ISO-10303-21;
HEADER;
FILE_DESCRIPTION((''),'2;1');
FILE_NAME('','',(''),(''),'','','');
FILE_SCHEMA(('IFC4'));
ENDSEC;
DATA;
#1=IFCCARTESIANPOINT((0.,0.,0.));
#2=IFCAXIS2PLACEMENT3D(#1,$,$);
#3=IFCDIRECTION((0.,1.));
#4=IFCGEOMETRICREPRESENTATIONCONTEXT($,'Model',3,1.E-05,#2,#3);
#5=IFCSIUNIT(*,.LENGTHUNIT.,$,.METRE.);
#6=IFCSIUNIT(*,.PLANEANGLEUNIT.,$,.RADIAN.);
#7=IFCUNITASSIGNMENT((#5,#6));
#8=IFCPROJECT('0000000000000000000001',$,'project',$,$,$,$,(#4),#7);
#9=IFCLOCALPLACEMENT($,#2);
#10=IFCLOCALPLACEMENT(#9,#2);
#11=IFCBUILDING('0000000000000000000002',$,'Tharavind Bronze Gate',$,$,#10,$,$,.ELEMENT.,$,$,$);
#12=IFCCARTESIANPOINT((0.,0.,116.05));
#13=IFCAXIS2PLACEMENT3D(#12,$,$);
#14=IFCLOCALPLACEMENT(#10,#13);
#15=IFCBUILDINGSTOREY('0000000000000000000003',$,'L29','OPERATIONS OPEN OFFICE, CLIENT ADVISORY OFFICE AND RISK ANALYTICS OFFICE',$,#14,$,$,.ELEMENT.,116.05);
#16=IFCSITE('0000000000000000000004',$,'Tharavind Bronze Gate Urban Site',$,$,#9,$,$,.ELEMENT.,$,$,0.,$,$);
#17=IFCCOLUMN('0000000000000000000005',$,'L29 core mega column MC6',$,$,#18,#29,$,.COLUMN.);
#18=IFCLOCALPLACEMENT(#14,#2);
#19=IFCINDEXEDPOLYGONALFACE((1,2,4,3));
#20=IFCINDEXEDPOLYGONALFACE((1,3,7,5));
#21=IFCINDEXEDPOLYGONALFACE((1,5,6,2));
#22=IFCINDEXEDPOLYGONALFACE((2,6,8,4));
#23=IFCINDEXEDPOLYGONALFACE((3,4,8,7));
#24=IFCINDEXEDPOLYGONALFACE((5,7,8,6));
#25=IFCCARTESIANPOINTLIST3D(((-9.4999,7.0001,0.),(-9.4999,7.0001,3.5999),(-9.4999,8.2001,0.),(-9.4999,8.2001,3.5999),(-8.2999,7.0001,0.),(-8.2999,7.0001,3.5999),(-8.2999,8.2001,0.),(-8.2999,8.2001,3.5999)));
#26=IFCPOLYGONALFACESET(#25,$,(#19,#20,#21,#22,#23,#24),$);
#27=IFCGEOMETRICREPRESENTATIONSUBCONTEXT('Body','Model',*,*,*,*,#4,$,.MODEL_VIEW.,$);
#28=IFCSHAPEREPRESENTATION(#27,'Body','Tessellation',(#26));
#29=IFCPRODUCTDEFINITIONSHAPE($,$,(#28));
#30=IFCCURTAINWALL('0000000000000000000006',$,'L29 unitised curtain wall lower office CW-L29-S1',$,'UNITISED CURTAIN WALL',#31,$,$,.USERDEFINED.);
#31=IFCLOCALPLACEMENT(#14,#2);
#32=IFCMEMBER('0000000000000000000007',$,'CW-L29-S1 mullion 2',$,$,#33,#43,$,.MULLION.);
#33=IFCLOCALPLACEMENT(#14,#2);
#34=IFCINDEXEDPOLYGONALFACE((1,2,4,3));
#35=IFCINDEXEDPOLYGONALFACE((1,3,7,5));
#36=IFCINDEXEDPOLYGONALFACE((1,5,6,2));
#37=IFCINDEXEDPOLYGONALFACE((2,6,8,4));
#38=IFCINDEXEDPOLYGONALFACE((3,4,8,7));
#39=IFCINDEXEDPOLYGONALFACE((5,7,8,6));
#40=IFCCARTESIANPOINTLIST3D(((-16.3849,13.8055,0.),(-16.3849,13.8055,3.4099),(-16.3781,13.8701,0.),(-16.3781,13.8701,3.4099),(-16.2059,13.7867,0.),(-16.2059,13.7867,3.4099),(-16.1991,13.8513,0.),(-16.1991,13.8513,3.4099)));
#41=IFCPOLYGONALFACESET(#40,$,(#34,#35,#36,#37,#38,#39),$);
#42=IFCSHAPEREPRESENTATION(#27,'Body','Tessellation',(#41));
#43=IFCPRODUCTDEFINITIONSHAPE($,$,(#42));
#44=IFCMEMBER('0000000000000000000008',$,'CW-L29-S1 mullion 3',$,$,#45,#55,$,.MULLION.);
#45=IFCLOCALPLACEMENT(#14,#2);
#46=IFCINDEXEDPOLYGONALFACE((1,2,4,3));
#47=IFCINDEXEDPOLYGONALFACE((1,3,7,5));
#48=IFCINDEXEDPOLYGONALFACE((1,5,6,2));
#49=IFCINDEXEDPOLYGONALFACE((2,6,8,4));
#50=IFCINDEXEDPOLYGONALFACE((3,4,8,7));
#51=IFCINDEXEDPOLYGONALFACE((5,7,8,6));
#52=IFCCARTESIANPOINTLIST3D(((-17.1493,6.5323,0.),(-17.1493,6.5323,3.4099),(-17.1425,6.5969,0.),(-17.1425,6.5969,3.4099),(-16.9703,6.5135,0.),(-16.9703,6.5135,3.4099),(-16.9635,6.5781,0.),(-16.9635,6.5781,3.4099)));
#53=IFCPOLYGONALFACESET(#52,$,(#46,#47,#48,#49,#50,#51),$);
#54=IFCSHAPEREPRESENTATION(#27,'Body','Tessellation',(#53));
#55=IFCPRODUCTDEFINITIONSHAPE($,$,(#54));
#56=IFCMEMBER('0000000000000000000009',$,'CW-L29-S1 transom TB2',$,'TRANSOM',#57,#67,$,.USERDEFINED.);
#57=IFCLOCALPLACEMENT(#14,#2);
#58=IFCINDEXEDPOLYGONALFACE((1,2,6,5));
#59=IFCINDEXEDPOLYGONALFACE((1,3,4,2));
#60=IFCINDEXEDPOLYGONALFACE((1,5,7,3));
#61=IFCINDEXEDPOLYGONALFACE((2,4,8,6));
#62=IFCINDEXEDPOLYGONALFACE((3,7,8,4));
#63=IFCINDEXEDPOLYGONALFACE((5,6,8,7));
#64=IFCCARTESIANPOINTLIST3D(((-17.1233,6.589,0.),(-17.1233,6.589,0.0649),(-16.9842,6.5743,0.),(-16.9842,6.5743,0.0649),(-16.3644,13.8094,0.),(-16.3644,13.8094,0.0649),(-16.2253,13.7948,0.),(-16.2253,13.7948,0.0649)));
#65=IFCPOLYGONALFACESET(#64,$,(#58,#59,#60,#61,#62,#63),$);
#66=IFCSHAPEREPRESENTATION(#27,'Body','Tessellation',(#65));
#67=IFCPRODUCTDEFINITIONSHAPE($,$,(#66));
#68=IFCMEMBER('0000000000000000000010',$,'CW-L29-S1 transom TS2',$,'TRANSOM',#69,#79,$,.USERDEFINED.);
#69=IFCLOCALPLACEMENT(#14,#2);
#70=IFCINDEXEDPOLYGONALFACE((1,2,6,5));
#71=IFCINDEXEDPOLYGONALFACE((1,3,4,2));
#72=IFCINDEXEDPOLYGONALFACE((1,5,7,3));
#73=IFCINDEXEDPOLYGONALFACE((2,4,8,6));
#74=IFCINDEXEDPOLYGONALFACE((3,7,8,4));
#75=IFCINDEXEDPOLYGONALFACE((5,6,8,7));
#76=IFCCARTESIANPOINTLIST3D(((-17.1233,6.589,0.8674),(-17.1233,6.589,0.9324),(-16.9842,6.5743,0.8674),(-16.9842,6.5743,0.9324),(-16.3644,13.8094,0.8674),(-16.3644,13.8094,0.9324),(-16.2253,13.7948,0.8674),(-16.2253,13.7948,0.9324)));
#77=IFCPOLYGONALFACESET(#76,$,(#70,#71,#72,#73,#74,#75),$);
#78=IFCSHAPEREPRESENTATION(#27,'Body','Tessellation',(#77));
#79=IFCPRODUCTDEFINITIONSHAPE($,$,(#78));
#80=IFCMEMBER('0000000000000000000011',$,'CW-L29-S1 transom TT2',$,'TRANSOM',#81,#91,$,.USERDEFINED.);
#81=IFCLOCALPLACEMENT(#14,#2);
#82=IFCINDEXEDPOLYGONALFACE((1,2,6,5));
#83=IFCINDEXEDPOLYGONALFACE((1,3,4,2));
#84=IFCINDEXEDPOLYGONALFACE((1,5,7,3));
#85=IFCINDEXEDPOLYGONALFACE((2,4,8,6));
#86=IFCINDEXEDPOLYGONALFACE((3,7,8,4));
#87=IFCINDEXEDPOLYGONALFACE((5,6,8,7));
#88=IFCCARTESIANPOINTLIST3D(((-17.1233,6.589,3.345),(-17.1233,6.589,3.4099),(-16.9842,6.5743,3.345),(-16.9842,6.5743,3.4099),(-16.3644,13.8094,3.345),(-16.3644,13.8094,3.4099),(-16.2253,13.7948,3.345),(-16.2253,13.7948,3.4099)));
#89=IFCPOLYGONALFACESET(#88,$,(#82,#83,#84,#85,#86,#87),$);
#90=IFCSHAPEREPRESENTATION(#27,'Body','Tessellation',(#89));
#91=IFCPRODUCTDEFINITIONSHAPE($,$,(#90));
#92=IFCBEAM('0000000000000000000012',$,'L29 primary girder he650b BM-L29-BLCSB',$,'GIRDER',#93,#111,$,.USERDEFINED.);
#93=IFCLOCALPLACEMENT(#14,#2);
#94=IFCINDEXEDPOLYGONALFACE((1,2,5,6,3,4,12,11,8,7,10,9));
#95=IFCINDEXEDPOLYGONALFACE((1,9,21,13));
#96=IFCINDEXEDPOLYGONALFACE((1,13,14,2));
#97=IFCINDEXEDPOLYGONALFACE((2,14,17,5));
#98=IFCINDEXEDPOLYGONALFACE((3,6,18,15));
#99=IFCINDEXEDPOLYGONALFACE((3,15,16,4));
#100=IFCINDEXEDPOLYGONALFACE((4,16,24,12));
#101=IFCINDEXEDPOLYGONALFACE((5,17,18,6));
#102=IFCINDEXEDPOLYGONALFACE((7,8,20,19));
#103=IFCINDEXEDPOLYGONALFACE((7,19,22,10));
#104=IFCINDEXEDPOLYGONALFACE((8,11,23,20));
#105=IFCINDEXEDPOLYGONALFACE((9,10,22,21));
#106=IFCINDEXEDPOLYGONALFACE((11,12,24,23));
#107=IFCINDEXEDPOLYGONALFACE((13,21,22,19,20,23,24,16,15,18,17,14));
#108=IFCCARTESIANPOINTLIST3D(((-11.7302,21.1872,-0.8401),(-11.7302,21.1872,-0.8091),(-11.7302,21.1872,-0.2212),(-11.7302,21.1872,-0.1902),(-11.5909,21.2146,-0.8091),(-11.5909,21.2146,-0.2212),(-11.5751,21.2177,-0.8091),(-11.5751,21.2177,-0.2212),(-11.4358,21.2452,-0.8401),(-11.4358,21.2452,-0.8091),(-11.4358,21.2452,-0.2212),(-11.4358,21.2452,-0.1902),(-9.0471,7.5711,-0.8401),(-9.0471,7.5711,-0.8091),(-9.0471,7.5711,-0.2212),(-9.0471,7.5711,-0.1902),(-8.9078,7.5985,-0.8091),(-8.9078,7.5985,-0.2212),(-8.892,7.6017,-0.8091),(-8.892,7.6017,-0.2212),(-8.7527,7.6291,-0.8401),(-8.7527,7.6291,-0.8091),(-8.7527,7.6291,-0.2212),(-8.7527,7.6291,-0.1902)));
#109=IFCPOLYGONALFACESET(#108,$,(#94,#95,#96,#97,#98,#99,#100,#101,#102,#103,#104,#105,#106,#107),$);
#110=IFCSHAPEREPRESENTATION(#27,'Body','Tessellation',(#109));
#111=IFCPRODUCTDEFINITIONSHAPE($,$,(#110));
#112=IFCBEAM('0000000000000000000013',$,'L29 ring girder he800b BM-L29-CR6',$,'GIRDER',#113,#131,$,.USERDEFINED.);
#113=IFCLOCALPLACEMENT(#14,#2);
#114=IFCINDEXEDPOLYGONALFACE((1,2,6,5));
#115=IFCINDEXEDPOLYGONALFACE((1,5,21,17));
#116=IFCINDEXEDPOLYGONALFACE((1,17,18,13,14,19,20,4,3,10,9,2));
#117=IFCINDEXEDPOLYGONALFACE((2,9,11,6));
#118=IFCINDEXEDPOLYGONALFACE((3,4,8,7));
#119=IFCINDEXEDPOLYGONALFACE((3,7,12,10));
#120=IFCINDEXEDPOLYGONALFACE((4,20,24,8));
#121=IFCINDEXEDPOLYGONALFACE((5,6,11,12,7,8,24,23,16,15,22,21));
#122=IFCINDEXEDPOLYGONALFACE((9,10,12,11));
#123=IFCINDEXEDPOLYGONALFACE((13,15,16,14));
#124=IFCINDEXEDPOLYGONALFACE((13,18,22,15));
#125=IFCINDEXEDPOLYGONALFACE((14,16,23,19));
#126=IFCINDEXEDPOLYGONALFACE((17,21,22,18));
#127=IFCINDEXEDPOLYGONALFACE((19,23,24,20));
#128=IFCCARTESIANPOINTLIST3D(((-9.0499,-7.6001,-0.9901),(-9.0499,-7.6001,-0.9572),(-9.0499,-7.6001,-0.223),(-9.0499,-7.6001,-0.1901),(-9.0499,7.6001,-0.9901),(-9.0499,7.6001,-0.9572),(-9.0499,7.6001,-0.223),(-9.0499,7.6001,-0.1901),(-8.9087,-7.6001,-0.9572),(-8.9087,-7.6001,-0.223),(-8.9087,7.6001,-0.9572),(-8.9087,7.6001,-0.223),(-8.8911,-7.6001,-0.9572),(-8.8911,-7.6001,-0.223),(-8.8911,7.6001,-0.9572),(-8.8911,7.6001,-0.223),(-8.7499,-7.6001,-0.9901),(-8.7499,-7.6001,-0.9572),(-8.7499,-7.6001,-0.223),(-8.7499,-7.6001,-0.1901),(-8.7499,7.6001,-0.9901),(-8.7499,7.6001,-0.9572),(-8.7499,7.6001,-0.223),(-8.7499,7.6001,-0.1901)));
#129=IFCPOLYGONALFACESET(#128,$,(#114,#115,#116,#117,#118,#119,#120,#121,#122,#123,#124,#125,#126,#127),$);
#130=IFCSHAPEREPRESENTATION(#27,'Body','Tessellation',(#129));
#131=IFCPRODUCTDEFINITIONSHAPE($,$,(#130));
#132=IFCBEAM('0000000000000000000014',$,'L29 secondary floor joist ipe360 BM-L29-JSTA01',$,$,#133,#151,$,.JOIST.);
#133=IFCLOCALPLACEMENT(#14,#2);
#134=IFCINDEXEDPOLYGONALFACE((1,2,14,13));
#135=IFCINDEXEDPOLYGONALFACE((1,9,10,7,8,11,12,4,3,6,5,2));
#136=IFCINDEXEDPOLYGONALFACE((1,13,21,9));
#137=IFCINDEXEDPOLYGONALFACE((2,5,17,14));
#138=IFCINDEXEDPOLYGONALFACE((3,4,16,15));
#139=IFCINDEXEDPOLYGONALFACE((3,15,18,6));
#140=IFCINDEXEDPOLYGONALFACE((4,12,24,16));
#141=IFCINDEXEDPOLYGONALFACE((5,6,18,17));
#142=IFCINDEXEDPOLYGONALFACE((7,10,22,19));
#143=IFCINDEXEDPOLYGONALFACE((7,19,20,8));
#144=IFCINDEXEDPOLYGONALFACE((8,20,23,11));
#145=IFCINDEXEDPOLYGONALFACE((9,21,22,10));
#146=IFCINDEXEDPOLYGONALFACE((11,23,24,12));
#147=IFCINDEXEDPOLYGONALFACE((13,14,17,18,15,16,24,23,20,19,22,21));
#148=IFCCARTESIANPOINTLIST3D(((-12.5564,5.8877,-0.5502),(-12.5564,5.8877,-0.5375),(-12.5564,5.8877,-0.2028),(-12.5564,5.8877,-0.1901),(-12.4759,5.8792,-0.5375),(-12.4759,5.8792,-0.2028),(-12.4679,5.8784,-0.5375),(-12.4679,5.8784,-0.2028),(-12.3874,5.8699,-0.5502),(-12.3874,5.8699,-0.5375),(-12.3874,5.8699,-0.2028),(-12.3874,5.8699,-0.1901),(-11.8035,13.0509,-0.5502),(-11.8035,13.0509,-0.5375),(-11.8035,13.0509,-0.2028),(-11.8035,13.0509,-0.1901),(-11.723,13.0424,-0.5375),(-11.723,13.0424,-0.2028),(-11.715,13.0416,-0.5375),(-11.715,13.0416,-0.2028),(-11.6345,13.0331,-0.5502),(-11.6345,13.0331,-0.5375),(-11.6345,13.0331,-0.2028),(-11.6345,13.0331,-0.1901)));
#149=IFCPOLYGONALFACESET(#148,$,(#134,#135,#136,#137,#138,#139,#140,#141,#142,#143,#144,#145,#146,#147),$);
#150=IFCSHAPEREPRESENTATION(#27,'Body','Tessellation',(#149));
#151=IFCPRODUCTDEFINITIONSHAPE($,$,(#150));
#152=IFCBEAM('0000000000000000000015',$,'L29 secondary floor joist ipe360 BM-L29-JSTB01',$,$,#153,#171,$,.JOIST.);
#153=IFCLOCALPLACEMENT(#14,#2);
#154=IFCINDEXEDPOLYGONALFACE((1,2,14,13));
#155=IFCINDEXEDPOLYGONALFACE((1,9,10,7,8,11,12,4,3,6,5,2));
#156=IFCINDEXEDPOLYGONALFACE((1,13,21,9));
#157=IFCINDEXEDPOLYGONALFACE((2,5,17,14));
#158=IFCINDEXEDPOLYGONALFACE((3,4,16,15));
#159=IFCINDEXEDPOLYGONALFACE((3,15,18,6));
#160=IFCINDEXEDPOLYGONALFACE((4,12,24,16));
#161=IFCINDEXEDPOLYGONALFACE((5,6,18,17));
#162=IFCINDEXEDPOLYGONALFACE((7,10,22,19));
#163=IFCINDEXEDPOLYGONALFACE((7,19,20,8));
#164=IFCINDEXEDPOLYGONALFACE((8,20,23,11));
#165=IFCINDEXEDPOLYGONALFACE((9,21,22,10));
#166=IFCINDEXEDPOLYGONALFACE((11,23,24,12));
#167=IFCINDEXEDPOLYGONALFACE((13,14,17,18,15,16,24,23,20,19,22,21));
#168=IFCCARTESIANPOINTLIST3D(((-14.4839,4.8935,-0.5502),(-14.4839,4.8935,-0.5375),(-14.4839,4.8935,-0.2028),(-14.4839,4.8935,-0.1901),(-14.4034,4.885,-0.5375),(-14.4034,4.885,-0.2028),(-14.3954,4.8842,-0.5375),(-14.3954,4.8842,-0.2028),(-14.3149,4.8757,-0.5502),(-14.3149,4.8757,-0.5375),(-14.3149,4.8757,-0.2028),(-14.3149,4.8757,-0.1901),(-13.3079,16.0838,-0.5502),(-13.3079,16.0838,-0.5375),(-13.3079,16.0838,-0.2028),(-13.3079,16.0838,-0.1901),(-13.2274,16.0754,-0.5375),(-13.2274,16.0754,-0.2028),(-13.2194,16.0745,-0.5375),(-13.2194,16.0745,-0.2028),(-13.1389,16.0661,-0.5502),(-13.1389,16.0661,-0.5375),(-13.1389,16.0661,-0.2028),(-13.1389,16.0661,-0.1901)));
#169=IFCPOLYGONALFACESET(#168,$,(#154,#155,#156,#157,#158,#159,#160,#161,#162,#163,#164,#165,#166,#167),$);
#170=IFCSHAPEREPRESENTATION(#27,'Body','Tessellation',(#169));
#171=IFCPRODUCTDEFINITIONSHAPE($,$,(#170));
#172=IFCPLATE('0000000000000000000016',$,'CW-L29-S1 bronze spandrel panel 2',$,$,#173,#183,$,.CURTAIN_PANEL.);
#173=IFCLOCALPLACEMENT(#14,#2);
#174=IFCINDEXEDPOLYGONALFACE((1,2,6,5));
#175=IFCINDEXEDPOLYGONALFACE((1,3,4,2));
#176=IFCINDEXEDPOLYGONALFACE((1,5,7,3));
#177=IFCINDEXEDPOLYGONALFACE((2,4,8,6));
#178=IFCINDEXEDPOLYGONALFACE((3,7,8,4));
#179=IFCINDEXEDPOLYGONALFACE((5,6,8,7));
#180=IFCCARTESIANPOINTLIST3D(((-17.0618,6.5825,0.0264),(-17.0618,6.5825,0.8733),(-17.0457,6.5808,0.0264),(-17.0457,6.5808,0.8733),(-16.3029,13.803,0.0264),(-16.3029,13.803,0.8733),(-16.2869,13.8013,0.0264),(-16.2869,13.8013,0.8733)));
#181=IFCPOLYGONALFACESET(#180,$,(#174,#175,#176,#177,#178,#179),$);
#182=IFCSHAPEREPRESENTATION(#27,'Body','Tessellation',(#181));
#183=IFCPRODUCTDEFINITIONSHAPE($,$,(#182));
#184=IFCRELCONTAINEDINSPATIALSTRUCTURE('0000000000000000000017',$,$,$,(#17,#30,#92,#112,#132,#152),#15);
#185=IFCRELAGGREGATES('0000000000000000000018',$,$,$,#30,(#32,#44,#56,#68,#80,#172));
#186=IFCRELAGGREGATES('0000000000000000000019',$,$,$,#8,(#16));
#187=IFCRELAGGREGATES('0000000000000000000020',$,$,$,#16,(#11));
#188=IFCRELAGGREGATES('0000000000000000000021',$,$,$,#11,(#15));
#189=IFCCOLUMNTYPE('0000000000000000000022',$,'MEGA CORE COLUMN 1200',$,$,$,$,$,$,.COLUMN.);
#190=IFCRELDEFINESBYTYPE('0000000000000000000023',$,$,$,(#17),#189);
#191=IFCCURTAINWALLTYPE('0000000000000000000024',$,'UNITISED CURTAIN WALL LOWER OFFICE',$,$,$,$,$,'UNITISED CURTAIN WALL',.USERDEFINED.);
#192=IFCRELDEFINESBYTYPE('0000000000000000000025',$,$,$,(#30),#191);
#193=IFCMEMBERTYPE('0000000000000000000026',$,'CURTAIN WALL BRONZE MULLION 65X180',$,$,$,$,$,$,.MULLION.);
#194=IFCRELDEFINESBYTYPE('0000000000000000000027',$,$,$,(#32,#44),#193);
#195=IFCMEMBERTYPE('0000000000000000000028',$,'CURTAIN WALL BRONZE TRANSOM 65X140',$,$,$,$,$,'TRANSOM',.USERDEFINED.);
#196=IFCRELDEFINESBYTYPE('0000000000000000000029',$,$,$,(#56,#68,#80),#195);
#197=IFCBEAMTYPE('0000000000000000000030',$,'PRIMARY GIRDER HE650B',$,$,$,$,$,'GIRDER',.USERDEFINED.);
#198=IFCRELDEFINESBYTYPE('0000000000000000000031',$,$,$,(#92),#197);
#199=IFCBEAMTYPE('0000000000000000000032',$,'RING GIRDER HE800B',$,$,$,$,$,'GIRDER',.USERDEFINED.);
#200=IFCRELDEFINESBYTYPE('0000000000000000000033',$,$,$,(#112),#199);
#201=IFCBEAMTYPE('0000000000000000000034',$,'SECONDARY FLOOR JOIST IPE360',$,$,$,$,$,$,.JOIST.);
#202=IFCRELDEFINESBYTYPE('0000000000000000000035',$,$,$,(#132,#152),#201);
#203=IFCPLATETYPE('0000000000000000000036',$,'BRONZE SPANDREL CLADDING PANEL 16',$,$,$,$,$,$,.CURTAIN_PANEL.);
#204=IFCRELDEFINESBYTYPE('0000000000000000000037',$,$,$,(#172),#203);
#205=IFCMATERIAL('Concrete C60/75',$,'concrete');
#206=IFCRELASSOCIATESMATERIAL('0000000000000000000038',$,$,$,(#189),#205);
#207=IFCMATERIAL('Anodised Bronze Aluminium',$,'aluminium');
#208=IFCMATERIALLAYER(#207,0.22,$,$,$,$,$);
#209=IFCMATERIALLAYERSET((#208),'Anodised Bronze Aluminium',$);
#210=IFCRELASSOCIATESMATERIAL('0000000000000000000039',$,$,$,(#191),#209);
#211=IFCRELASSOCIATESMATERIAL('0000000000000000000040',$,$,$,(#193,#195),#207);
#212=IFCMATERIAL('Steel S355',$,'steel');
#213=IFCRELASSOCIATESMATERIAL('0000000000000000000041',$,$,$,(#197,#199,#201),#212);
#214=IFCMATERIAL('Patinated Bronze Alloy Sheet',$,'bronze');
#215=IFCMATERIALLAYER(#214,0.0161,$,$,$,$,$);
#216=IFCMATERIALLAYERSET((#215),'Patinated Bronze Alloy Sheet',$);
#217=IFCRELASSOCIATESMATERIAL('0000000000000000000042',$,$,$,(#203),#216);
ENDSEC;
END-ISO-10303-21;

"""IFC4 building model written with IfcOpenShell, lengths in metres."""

from ifc_helpers import new_model, si_unit, direction, frame, origin, origin_2d, place, context, subcontext, project, spatial, rectangle, i_section, extrude, material, layer, layer_set, material_profile, profile_set, type_object, element, aggregate, save


model = new_model("IFC4")

# Units and contexts
model_context = context("Model", 3, precision=1e-05, world=origin(), true_north=direction((0.0, 1.0)))
body_context = subcontext(model_context, "Body", "Model", "MODEL_VIEW")
ifc_project = project(units=[si_unit("LENGTHUNIT", "METRE"), si_unit("PLANEANGLEUNIT", "RADIAN")], contexts=[model_context])

# Site, building, storey
site_placement = place(None, origin())
site = spatial("IfcSite", under=ifc_project, at=site_placement, Name="Tharavind Bronze Gate Urban Site", CompositionType="ELEMENT", RefElevation=0.0)
building_placement = place(site_placement, origin())
building = spatial("IfcBuilding", under=site, at=building_placement, Name="Tharavind Bronze Gate", CompositionType="ELEMENT")
storey_placement = place(building_placement, frame((0.0, 0.0, 116.05)))
storey = spatial("IfcBuildingStorey", under=building, at=storey_placement, Name="L29", Description="OPERATIONS OPEN OFFICE, CLIENT ADVISORY OFFICE AND RISK ANALYTICS OFFICE", CompositionType="ELEMENT", Elevation=116.05)

# Column
ifc_material_1 = material(Name="Concrete C60/75", Category="concrete")
ifc_material_profile_1 = material_profile(ifc_material_1, rectangle(XDim=1.2, YDim=1.2, at=origin_2d()), Name="RCCOL1200")
ifc_profile_set_1 = profile_set([ifc_material_profile_1], Name="Concrete C60/75")
column_type = type_object("IfcColumnType", Name="MEGA CORE COLUMN 1200", PredefinedType="COLUMN", material=ifc_profile_set_1)
column_placement = place(storey_placement, frame((-8.8999, 7.6001, 0.0), z_axis=(0.0, 0.0, 1.0), x_axis=(1.0, 0.0, 0.0)))
element("IfcColumn", 1, at=column_placement, inside=storey, type_object=column_type, Name="L29 core mega column MC6", PredefinedType="COLUMN", context=body_context, shape_type="SweptSolid", body=[
    extrude(rectangle(XDim=1.2, YDim=1.2, at=origin_2d()), origin(), (0.0, 0.0, 1.0), 3.5999),
])

# Curtain wall, members
ifc_material_2 = material(Name="Anodised Bronze Aluminium", Category="aluminium")
ifc_layer_1 = layer(ifc_material_2, 0.22)
ifc_layer_set_1 = layer_set([ifc_layer_1], Name="Anodised Bronze Aluminium")
curtain_wall_type = type_object("IfcCurtainWallType", Name="UNITISED CURTAIN WALL LOWER OFFICE", ElementType="UNITISED CURTAIN WALL", PredefinedType="USERDEFINED", material=ifc_layer_set_1)
curtain_wall_placement = place(storey_placement, origin())
curtain_wall = element("IfcCurtainWall", 2, at=curtain_wall_placement, inside=storey, type_object=curtain_wall_type, Name="L29 unitised curtain wall lower office CW-L29-S1", ObjectType="UNITISED CURTAIN WALL", PredefinedType="USERDEFINED")
member_type_1 = type_object("IfcMemberType", Name="CURTAIN WALL BRONZE MULLION 65X180", PredefinedType="MULLION", material=ifc_material_2)
member_1_placement = place(storey_placement, frame((-16.292, 13.8284, 0.0), z_axis=(0.0, 0.0, 1.0), x_axis=(-0.104527, -0.994522, 0.0)))
member_1 = element("IfcMember", 3, at=member_1_placement, type_object=member_type_1, Name="CW-L29-S1 mullion 2", PredefinedType="MULLION", context=body_context, shape_type="SweptSolid", body=[
    extrude(rectangle(XDim=0.0649, YDim=0.1799, at=origin_2d()), origin(), (0.0, 0.0, 1.0), 3.4099),
])
member_2_placement = place(storey_placement, frame((-17.0564, 6.5552, 0.0), z_axis=(0.0, 0.0, 1.0), x_axis=(-0.104527, -0.994522, 0.0)))
member_2 = element("IfcMember", 4, at=member_2_placement, type_object=member_type_1, Name="CW-L29-S1 mullion 3", PredefinedType="MULLION", context=body_context, shape_type="SweptSolid", body=[
    extrude(rectangle(XDim=0.0649, YDim=0.1799, at=origin_2d()), origin(), (0.0, 0.0, 1.0), 3.4099),
])
member_type_2 = type_object("IfcMemberType", Name="CURTAIN WALL BRONZE TRANSOM 65X140", ElementType="TRANSOM", PredefinedType="USERDEFINED", material=ifc_material_2)
member_3_placement = place(storey_placement, frame((-16.6743, 10.1919, 0.0), z_axis=(0.0, 0.0, 1.0), x_axis=(-0.104527, -0.994522, 0.0)))
member_3 = element("IfcMember", 5, at=member_3_placement, type_object=member_type_2, Name="CW-L29-S1 transom TB2", ObjectType="TRANSOM", PredefinedType="USERDEFINED", context=body_context, shape_type="SweptSolid", body=[
    extrude(rectangle(XDim=7.2603, YDim=0.1399, at=origin_2d()), origin(), (0.0, 0.0, 1.0), 0.0649),
])
member_4_placement = place(storey_placement, frame((-16.6743, 10.1919, 0.8674), z_axis=(0.0, 0.0, 1.0), x_axis=(-0.104527, -0.994522, 0.0)))
member_4 = element("IfcMember", 6, at=member_4_placement, type_object=member_type_2, Name="CW-L29-S1 transom TS2", ObjectType="TRANSOM", PredefinedType="USERDEFINED", context=body_context, shape_type="SweptSolid", body=[
    extrude(rectangle(XDim=7.2603, YDim=0.1399, at=origin_2d()), origin(), (0.0, 0.0, 1.0), 0.0649),
])
member_5_placement = place(storey_placement, frame((-16.6743, 10.1919, 3.345), z_axis=(0.0, 0.0, 1.0), x_axis=(-0.104527, -0.994522, 0.0)))
member_5 = element("IfcMember", 7, at=member_5_placement, type_object=member_type_2, Name="CW-L29-S1 transom TT2", ObjectType="TRANSOM", PredefinedType="USERDEFINED", context=body_context, shape_type="SweptSolid", body=[
    extrude(rectangle(XDim=7.2603, YDim=0.1399, at=origin_2d()), origin(), (0.0, 0.0, 1.0), 0.0649),
])

# Beams
ifc_material_3 = material(Name="Steel S355", Category="steel")
ifc_material_profile_2 = material_profile(ifc_material_3, i_section(OverallWidth=0.3, OverallDepth=0.6499, WebThickness=0.0161, FlangeThickness=0.031, at=origin_2d()), Name="HE650B")
ifc_profile_set_2 = profile_set([ifc_material_profile_2], Name="Steel S355")
beam_type_1 = type_object("IfcBeamType", Name="PRIMARY GIRDER HE650B", ElementType="GIRDER", PredefinedType="USERDEFINED", material=ifc_profile_set_2)
beam_1_placement = place(storey_placement, frame((-8.8999, 7.6001, -0.5151), z_axis=(-0.193338, 0.981132, 0.0), x_axis=(-0.981132, -0.193338, 0.0)))
element("IfcBeam", 8, at=beam_1_placement, inside=storey, type_object=beam_type_1, Name="L29 primary girder he650b BM-L29-BLCSB", ObjectType="GIRDER", PredefinedType="USERDEFINED", context=body_context, shape_type="SweptSolid", body=[
    extrude(i_section(OverallWidth=0.3, OverallDepth=0.6499, WebThickness=0.0161, FlangeThickness=0.031, at=origin_2d()), origin(), (0.0, 0.0, 1.0), 13.8779),
])
ifc_material_profile_3 = material_profile(ifc_material_3, i_section(OverallWidth=0.3, OverallDepth=0.8, WebThickness=0.0176, FlangeThickness=0.033, at=origin_2d()), Name="HE800B")
ifc_profile_set_3 = profile_set([ifc_material_profile_3], Name="Steel S355")
beam_type_2 = type_object("IfcBeamType", Name="RING GIRDER HE800B", ElementType="GIRDER", PredefinedType="USERDEFINED", material=ifc_profile_set_3)
beam_2_placement = place(storey_placement, frame((-8.8999, 7.6001, -0.5901), z_axis=(0.0, -1.0, 0.0), x_axis=(1.0, 0.0, 0.0)))
element("IfcBeam", 9, at=beam_2_placement, inside=storey, type_object=beam_type_2, Name="L29 ring girder he800b BM-L29-CR6", ObjectType="GIRDER", PredefinedType="USERDEFINED", context=body_context, shape_type="SweptSolid", body=[
    extrude(i_section(OverallWidth=0.3, OverallDepth=0.8, WebThickness=0.0176, FlangeThickness=0.033, at=origin_2d()), origin(), (0.0, 0.0, 1.0), 15.2002),
])
ifc_material_profile_4 = material_profile(ifc_material_3, i_section(OverallWidth=0.1699, OverallDepth=0.3601, WebThickness=0.0081, FlangeThickness=0.0127, at=origin_2d()), Name="IPE360")
ifc_profile_set_4 = profile_set([ifc_material_profile_4], Name="Steel S355")
beam_type_3 = type_object("IfcBeamType", Name="SECONDARY FLOOR JOIST IPE360", PredefinedType="JOIST", material=ifc_profile_set_4)
beam_3_placement = place(storey_placement, frame((-11.719, 13.042, -0.3701), z_axis=(-0.104537, -0.994521, 0.0), x_axis=(0.994521, -0.104537, 0.0)))
element("IfcBeam", 10, at=beam_3_placement, inside=storey, type_object=beam_type_3, Name="L29 secondary floor joist ipe360 BM-L29-JSTA01", PredefinedType="JOIST", context=body_context, shape_type="SweptSolid", body=[
    extrude(i_section(OverallWidth=0.1699, OverallDepth=0.3601, WebThickness=0.0081, FlangeThickness=0.0127, at=origin_2d()), origin(), (0.0, 0.0, 1.0), 7.2026),
])
beam_4_placement = place(storey_placement, frame((-13.2234, 16.075, -0.3701), z_axis=(-0.104516, -0.994523, 0.0), x_axis=(0.994523, -0.104516, 0.0)))
element("IfcBeam", 11, at=beam_4_placement, inside=storey, type_object=beam_type_3, Name="L29 secondary floor joist ipe360 BM-L29-JSTB01", PredefinedType="JOIST", context=body_context, shape_type="SweptSolid", body=[
    extrude(i_section(OverallWidth=0.1699, OverallDepth=0.3601, WebThickness=0.0081, FlangeThickness=0.0127, at=origin_2d()), origin(), (0.0, 0.0, 1.0), 11.252),
])

# Plate
ifc_material_4 = material(Name="Patinated Bronze Alloy Sheet", Category="bronze")
ifc_layer_2 = layer(ifc_material_4, 0.0161)
ifc_layer_set_2 = layer_set([ifc_layer_2], Name="Patinated Bronze Alloy Sheet")
plate_type_1 = type_object("IfcPlateType", Name="BRONZE SPANDREL CLADDING PANEL 16", PredefinedType="CURTAIN_PANEL", material=ifc_layer_set_2)
plate_1_placement = place(storey_placement, frame((-16.6743, 10.1919, 0.0264), z_axis=(0.0, 0.0, 1.0), x_axis=(-0.104527, -0.994522, 0.0)))
plate_1 = element("IfcPlate", 12, at=plate_1_placement, type_object=plate_type_1, Name="CW-L29-S1 bronze spandrel panel 2", PredefinedType="CURTAIN_PANEL", context=body_context, shape_type="SweptSolid", body=[
    extrude(rectangle(XDim=7.2603, YDim=0.0161, at=origin_2d()), origin(), (0.0, 0.0, 1.0), 0.8469),
])
aggregate(curtain_wall, [member_1, member_2, member_3, member_4, member_5, plate_1])

save(model, "model.ifc")
